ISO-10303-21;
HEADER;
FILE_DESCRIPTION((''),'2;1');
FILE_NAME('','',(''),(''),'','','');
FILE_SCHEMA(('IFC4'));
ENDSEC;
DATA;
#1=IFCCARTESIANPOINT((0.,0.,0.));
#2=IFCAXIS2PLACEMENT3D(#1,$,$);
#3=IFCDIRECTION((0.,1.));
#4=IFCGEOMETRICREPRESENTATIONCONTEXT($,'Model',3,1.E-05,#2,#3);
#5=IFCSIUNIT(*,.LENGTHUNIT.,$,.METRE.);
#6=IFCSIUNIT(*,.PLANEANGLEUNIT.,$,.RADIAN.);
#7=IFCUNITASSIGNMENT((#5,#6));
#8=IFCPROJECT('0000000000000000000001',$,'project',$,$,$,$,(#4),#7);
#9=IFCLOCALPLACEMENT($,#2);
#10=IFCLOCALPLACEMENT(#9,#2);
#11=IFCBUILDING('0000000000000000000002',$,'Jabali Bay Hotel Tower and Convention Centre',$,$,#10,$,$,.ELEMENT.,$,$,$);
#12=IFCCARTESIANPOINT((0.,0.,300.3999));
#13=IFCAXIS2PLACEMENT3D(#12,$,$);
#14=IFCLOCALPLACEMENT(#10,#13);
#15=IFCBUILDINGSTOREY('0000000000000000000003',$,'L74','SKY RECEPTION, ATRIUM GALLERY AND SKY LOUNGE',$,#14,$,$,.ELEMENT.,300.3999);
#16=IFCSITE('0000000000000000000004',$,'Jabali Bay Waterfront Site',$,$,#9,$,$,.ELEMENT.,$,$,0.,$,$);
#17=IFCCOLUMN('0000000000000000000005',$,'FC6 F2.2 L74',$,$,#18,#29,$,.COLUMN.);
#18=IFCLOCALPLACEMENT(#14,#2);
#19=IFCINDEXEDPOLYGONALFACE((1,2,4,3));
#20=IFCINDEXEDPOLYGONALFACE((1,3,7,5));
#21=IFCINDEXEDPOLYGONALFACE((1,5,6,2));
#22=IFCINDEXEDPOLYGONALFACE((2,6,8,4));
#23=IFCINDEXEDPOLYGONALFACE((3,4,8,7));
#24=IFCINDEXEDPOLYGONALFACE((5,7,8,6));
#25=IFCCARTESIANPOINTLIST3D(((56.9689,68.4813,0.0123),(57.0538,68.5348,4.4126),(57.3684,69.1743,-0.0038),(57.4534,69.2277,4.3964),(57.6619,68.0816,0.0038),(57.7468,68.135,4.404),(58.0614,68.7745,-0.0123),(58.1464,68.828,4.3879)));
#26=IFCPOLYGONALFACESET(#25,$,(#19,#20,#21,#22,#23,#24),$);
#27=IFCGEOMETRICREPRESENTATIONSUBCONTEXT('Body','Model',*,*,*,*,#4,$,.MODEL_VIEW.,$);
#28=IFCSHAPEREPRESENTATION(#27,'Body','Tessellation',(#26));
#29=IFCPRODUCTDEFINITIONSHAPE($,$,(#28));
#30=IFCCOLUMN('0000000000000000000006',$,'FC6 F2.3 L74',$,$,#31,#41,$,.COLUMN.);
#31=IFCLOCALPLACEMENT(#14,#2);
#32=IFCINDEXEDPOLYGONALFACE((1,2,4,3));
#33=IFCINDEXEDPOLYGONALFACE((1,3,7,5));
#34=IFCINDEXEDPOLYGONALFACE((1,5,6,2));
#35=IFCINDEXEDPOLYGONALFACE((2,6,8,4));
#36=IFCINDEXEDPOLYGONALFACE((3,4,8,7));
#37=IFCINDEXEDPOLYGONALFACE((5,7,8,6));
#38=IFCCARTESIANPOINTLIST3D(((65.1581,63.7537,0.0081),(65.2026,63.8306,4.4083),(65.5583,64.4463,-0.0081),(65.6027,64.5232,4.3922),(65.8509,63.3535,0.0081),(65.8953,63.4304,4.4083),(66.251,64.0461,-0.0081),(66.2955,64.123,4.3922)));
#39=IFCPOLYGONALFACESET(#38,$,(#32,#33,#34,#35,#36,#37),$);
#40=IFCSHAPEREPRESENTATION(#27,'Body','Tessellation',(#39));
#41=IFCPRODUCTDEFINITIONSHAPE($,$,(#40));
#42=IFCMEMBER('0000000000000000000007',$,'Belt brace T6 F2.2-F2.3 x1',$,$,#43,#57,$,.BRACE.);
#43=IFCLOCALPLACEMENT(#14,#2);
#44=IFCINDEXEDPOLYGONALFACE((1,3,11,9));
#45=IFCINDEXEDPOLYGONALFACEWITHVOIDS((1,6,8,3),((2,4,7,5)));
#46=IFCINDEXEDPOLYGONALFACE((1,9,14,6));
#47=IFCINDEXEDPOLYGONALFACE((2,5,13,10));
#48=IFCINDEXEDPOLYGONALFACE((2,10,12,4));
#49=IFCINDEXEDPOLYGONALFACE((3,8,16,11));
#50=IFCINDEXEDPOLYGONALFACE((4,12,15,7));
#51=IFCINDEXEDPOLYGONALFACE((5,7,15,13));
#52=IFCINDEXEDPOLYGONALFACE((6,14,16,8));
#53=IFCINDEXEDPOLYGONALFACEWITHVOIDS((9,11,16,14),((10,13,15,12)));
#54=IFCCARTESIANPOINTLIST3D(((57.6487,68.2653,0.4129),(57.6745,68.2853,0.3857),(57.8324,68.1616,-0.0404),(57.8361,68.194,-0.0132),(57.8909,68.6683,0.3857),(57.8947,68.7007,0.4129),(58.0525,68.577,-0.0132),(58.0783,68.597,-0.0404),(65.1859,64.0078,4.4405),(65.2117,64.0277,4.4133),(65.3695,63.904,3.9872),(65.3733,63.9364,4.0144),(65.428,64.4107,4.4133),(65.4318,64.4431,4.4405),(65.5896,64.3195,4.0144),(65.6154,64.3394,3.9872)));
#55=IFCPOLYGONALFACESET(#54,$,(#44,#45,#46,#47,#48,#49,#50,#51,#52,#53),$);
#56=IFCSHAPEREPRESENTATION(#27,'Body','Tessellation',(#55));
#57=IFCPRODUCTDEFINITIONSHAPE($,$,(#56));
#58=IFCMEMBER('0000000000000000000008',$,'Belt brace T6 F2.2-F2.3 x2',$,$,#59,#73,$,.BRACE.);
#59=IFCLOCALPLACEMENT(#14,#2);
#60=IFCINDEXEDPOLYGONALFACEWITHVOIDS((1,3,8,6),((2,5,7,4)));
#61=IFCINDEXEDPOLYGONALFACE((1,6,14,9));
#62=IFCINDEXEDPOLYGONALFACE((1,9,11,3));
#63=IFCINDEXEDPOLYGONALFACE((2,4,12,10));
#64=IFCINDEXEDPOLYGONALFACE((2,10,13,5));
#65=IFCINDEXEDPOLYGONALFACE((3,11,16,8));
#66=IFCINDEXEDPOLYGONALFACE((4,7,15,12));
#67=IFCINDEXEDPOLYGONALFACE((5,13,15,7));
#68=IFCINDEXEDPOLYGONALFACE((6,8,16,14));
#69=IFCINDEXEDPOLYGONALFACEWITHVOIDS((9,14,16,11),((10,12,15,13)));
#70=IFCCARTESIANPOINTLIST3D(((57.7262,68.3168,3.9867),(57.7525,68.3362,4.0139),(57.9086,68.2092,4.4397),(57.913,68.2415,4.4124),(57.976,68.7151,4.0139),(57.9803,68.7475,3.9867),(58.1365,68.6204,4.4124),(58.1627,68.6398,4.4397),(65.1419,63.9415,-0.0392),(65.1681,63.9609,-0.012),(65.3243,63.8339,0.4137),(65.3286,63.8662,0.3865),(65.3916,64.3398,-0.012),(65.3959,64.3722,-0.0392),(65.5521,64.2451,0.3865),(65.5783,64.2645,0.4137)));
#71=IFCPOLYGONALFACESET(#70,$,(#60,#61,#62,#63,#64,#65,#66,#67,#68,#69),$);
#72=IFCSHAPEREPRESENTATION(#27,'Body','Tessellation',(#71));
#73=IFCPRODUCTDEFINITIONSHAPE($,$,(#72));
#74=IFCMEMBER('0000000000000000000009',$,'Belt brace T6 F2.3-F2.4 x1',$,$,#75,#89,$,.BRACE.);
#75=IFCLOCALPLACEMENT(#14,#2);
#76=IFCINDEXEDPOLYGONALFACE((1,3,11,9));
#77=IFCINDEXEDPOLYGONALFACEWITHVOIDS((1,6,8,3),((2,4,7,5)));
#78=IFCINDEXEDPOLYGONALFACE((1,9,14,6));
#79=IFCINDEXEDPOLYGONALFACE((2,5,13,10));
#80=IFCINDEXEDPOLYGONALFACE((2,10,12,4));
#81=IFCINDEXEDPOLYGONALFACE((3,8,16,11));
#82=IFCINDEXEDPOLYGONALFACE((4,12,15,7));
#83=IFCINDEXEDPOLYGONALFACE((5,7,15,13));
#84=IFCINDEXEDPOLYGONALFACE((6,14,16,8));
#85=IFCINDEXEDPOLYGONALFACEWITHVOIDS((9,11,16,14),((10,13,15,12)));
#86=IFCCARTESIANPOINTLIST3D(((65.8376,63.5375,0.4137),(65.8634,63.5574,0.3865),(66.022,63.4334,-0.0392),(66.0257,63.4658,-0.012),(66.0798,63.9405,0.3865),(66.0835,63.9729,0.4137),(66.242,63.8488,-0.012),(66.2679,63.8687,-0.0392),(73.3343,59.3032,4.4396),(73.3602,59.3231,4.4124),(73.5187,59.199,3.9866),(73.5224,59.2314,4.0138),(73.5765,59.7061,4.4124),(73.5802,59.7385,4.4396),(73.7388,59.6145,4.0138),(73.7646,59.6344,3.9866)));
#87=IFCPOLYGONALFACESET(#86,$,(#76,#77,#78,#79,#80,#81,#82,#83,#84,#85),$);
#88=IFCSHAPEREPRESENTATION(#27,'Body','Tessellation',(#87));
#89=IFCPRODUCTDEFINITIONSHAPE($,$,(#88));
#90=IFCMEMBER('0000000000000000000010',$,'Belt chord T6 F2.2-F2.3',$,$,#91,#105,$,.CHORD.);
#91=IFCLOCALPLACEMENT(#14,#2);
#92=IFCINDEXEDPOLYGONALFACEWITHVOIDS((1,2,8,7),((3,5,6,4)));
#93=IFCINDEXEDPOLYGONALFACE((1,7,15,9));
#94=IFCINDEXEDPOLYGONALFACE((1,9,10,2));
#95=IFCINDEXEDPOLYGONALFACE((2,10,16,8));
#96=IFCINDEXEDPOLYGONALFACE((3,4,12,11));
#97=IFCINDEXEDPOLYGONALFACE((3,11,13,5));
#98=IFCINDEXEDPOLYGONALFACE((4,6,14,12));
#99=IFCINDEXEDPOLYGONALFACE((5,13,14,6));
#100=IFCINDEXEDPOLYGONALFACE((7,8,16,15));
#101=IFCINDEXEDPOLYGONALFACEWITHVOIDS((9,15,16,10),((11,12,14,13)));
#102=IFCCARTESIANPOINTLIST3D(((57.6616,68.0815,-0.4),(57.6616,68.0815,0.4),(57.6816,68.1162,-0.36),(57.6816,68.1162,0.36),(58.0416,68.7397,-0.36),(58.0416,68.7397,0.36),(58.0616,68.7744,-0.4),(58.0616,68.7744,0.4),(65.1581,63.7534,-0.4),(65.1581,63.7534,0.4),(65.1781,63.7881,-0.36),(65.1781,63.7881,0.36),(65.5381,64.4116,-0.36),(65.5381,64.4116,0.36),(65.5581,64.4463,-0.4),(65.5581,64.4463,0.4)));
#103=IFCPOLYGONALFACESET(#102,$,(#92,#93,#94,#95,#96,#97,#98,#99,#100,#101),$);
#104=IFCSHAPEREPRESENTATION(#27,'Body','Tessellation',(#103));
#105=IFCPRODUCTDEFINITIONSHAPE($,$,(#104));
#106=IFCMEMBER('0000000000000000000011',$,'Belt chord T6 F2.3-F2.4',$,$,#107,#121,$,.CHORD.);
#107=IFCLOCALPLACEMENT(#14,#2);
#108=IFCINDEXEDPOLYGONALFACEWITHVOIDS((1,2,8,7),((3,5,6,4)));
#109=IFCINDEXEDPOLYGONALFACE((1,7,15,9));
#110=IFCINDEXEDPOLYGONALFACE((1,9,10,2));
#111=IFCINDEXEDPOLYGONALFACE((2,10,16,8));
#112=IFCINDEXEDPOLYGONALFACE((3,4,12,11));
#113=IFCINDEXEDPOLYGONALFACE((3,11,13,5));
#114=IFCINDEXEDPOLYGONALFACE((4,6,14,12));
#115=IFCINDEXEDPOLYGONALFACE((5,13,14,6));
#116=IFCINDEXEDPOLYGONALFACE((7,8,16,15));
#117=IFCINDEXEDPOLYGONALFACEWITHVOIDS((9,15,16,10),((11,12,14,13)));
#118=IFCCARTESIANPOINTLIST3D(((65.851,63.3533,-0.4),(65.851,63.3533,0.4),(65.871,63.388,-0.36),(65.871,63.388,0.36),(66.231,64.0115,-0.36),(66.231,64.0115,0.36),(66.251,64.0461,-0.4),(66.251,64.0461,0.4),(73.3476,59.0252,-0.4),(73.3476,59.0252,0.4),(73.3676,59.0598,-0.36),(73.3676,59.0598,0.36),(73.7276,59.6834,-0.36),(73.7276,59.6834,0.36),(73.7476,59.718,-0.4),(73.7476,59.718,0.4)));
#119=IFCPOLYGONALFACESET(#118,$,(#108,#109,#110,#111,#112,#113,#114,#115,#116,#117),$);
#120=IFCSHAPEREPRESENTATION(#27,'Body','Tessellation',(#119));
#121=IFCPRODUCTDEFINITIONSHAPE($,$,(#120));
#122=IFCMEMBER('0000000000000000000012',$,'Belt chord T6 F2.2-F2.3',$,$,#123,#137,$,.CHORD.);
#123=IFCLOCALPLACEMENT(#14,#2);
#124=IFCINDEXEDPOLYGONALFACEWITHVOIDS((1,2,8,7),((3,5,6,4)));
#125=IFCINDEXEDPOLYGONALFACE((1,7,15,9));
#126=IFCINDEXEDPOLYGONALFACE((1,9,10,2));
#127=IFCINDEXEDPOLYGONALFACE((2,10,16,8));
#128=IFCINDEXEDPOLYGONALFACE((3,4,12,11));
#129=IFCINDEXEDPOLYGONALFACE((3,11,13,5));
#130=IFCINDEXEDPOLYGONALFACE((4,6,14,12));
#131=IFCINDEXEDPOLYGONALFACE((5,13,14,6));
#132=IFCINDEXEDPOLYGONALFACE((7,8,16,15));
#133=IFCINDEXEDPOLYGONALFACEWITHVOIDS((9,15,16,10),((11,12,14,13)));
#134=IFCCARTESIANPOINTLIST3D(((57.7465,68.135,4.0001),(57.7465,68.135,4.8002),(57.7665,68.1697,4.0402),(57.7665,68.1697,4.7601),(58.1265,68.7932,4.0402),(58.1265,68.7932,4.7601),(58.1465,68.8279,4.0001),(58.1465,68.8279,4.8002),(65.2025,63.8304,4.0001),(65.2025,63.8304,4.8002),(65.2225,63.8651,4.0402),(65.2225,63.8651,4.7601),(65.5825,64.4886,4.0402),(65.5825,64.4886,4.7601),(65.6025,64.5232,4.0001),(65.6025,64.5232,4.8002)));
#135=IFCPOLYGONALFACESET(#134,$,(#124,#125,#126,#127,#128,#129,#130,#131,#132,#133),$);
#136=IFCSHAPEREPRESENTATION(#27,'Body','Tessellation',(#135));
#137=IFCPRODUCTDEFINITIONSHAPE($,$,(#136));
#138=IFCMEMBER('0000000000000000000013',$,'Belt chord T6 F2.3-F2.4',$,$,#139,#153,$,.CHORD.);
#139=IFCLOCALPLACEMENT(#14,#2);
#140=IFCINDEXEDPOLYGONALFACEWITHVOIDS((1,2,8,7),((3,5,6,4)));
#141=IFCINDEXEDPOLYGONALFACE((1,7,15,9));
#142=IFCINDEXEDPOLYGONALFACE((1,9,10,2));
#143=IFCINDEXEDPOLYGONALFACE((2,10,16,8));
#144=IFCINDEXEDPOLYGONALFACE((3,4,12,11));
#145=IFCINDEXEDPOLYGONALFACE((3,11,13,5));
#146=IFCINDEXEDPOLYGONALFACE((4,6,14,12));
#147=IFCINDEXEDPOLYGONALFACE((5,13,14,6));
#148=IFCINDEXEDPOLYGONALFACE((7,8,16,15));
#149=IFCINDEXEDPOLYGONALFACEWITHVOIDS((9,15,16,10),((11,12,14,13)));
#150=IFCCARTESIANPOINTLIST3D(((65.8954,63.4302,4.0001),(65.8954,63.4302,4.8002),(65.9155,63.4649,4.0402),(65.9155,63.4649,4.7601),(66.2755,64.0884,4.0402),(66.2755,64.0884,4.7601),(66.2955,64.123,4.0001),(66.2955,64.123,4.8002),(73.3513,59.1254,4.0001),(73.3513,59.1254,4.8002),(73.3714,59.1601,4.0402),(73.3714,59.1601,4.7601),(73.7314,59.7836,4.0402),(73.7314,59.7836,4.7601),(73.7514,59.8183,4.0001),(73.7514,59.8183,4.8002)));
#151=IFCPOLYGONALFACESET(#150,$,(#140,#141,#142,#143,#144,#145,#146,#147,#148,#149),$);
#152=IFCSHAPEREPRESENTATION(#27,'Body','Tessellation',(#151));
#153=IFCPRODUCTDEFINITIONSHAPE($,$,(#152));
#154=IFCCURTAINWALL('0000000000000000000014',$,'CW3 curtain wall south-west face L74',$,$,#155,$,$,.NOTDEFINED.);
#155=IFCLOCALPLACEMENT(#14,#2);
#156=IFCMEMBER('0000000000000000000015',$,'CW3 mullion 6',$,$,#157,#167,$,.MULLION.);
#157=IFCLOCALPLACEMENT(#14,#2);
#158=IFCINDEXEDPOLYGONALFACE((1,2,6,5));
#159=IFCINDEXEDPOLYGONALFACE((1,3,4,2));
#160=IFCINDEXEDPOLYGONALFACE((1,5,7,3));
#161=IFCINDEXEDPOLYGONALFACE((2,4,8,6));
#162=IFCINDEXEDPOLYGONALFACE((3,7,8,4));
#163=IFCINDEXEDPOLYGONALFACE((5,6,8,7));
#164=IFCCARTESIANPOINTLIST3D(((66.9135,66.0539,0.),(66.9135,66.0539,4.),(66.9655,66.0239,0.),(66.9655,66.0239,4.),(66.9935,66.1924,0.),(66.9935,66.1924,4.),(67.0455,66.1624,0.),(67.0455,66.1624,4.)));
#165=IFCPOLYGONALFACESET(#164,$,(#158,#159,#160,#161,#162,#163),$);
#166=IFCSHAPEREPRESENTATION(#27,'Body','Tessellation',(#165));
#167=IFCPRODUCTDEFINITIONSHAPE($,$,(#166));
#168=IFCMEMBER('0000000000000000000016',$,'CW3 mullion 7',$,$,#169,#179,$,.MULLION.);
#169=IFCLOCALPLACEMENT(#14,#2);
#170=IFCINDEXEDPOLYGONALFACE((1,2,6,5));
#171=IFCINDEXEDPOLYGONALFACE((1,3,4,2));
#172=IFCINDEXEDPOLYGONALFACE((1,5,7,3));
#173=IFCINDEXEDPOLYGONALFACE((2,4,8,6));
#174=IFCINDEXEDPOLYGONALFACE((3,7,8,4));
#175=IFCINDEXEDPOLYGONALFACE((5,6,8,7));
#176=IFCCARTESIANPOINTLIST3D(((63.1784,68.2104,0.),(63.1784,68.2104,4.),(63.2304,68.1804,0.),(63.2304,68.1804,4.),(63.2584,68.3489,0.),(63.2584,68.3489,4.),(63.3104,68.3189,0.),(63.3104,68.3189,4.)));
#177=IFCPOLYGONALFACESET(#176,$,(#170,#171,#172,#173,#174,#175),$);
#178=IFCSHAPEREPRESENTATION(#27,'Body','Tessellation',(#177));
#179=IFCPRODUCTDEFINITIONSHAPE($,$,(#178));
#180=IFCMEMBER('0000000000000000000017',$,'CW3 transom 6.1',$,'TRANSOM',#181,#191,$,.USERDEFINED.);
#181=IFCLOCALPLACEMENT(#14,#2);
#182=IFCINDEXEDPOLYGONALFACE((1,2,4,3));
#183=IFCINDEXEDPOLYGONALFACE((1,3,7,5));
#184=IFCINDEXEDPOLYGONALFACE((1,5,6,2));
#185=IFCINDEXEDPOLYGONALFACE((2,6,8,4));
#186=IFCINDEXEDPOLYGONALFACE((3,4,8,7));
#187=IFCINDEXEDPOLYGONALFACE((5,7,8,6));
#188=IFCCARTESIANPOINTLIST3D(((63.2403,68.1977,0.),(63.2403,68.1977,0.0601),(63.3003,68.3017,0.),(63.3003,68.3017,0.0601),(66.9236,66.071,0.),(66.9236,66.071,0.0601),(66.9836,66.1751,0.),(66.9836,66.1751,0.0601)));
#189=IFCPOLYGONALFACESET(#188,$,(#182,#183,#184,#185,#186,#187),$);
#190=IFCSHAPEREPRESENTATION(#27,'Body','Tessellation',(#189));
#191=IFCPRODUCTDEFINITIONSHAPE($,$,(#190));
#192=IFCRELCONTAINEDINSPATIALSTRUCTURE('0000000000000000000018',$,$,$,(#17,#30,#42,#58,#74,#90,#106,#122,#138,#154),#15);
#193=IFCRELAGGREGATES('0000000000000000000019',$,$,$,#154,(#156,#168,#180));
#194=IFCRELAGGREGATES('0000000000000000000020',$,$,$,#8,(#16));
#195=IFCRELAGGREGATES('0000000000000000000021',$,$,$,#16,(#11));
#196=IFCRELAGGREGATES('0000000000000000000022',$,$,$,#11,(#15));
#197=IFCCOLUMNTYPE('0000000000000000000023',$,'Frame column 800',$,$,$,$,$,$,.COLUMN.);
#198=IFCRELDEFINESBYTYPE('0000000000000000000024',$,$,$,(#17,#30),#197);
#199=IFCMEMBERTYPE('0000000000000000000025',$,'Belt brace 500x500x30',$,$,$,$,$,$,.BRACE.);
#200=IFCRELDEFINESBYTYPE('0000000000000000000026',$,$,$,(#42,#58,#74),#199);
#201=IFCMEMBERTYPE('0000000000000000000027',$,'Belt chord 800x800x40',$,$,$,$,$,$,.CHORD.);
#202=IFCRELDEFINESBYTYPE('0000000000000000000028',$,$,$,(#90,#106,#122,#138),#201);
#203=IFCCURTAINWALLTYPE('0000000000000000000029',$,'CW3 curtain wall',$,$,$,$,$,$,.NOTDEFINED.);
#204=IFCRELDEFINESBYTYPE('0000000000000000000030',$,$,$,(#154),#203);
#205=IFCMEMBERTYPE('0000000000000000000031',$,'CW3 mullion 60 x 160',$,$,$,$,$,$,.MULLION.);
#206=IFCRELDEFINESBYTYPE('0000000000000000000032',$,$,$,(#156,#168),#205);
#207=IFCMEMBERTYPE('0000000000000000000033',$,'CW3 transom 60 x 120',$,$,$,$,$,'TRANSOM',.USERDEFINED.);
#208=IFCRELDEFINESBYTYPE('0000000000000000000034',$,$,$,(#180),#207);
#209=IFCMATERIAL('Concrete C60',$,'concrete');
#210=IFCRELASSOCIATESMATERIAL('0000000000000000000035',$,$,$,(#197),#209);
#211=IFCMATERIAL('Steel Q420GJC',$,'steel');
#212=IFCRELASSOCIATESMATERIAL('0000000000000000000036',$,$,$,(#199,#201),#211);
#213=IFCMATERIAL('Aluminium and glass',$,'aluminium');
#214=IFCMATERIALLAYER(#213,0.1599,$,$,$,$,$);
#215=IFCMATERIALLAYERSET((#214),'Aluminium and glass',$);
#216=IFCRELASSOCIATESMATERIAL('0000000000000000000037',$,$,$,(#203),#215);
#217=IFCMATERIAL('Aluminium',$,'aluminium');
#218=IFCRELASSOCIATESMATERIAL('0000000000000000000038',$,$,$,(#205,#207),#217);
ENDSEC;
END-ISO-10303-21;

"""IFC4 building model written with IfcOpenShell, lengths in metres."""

from ifc_helpers import new_model, si_unit, direction, frame, origin, origin_2d, place, context, subcontext, project, spatial, rectangle, hollow_rectangle, extrude, material, layer, layer_set, material_profile, profile_set, type_object, element, aggregate, save


model = new_model("IFC4")

# Units and contexts
model_context = context("Model", 3, precision=1e-05, world=origin(), true_north=direction((0.0, 1.0)))
body_context = subcontext(model_context, "Body", "Model", "MODEL_VIEW")
ifc_project = project(units=[si_unit("LENGTHUNIT", "METRE"), si_unit("PLANEANGLEUNIT", "RADIAN")], contexts=[model_context])

# Site, building, storey
site_placement = place(None, origin())
site = spatial("IfcSite", under=ifc_project, at=site_placement, Name="Jabali Bay Waterfront Site", CompositionType="ELEMENT", RefElevation=0.0)
building_placement = place(site_placement, origin())
building = spatial("IfcBuilding", under=site, at=building_placement, Name="Jabali Bay Hotel Tower and Convention Centre", CompositionType="ELEMENT")
storey_placement = place(building_placement, frame((0.0, 0.0, 300.3999)))
storey = spatial("IfcBuildingStorey", under=building, at=storey_placement, Name="L74", Description="SKY RECEPTION, ATRIUM GALLERY AND SKY LOUNGE", CompositionType="ELEMENT", Elevation=300.3999)

# Columns
ifc_material_1 = material(Name="Concrete C60", Category="concrete")
ifc_material_profile_1 = material_profile(ifc_material_1, rectangle(XDim=0.8, YDim=0.8, at=origin_2d()), Name="Frame column 800")
ifc_profile_set_1 = profile_set([ifc_material_profile_1], Name="Concrete C60")
column_type = type_object("IfcColumnType", Name="Frame column 800", PredefinedType="COLUMN", material=ifc_profile_set_1)
column_1_placement = place(storey_placement, frame((57.5151, 68.6279, 0.0), z_axis=(0.019304, 0.012148, 0.99974), x_axis=(-0.866166, 0.499643, 0.010653)))
element("IfcColumn", 1, at=column_1_placement, inside=storey, type_object=column_type, Name="FC6 F2.2 L74", PredefinedType="COLUMN", context=body_context, shape_type="SweptSolid", body=[
    extrude(rectangle(XDim=0.8, YDim=0.8, at=origin_2d()), origin(), (0.0, 0.0, 1.0), 4.4014),
])
column_2_placement = place(storey_placement, frame((65.7046, 63.8999, 0.0), z_axis=(0.010096, 0.017474, 0.999796), x_axis=(-0.865867, 0.500274, 0.0)))
element("IfcColumn", 2, at=column_2_placement, inside=storey, type_object=column_type, Name="FC6 F2.3 L74", PredefinedType="COLUMN", context=body_context, shape_type="SweptSolid", body=[
    extrude(rectangle(XDim=0.8, YDim=0.8, at=origin_2d()), origin(), (0.0, 0.0, 1.0), 4.4011),
])

# Members
ifc_material_2 = material(Name="Steel Q420GJC", Category="steel")
ifc_material_profile_2 = material_profile(ifc_material_2, hollow_rectangle(XDim=0.5, YDim=0.5, WallThickness=0.03, at=origin_2d()), Name="Belt brace 500x500x30")
ifc_profile_set_2 = profile_set([ifc_material_profile_2], Name="Steel Q420GJC")
member_type_1 = type_object("IfcMemberType", Name="Belt brace 500x500x30", PredefinedType="BRACE", material=ifc_profile_set_2)
member_1_placement = place(storey_placement, frame((57.8635, 68.4312, 0.1863), z_axis=(0.789426, -0.445931, 0.421844), x_axis=(0.491835, 0.870688, 0.0)))
element("IfcMember", 3, at=member_1_placement, inside=storey, type_object=member_type_1, Name="Belt brace T6 F2.2-F2.3 x1", PredefinedType="BRACE", context=body_context, shape_type="SweptSolid", body=[
    extrude(hollow_rectangle(XDim=0.5, YDim=0.5, WallThickness=0.03, at=origin_2d()), origin(), (0.0, 0.0, 1.0), 9.5476),
])
member_2_placement = place(storey_placement, frame((65.3601, 64.103, 0.1873), z_axis=(-0.780191, 0.460321, 0.423564), x_axis=(-0.508156, -0.861265, 0.0)))
element("IfcMember", 4, at=member_2_placement, inside=storey, type_object=member_type_1, Name="Belt brace T6 F2.2-F2.3 x2", PredefinedType="BRACE", context=body_context, shape_type="SweptSolid", body=[
    extrude(hollow_rectangle(XDim=0.5, YDim=0.5, WallThickness=0.03, at=origin_2d()), origin(), (0.0, 0.0, 1.0), 9.5049),
])
member_3_placement = place(storey_placement, frame((66.0527, 63.7031, 0.1873), z_axis=(0.788746, -0.445502, 0.423566), x_axis=(0.491797, 0.87071, 0.0)))
element("IfcMember", 5, at=member_3_placement, inside=storey, type_object=member_type_1, Name="Belt brace T6 F2.3-F2.4 x1", PredefinedType="BRACE", context=body_context, shape_type="SweptSolid", body=[
    extrude(hollow_rectangle(XDim=0.5, YDim=0.5, WallThickness=0.03, at=origin_2d()), origin(), (0.0, 0.0, 1.0), 9.5046),
])
ifc_material_profile_3 = material_profile(ifc_material_2, hollow_rectangle(XDim=0.8, YDim=0.8, WallThickness=0.04, at=origin_2d()), Name="Belt chord 800x800x40")
ifc_profile_set_3 = profile_set([ifc_material_profile_3], Name="Steel Q420GJC")
member_type_2 = type_object("IfcMemberType", Name="Belt chord 800x800x40", PredefinedType="CHORD", material=ifc_profile_set_3)
for number, where, z_axis, x_axis, name in (
    (6, (57.8616, 68.428, 0.0), (0.866027, -0.499998, 0.0), (0.499998, 0.866027, 0.0), "Belt chord T6 F2.2-F2.3"),
    (7, (66.051, 63.6997, 0.0), (0.866027, -0.499998, 0.0), (0.499998, 0.866027, 0.0), "Belt chord T6 F2.3-F2.4"),
):
    element("IfcMember", number, at=place(storey_placement, frame(where, z_axis=z_axis, x_axis=x_axis)), inside=storey, type_object=member_type_2, Name=name, PredefinedType="CHORD", context=body_context, shape_type="SweptSolid", body=[
        extrude(hollow_rectangle(XDim=0.8, YDim=0.8, WallThickness=0.04, at=origin_2d()), origin(), (0.0, 0.0, 1.0), 8.6562),
    ])
for number, where, z_axis, x_axis, name in (
    (8, (57.9465, 68.4814, 4.4001), (0.866029, -0.499994, 0.0), (0.499994, 0.866029, 0.0), "Belt chord T6 F2.2-F2.3"),
    (9, (66.0955, 63.7766, 4.4001), (0.866022, -0.500006, 0.0), (0.500006, 0.866022, 0.0), "Belt chord T6 F2.3-F2.4"),
):
    element("IfcMember", number, at=place(storey_placement, frame(where, z_axis=z_axis, x_axis=x_axis)), inside=storey, type_object=member_type_2, Name=name, PredefinedType="CHORD", context=body_context, shape_type="SweptSolid", body=[
        extrude(hollow_rectangle(XDim=0.8, YDim=0.8, WallThickness=0.04, at=origin_2d()), origin(), (0.0, 0.0, 1.0), 8.6094),
    ])

# Curtain wall, members
ifc_material_3 = material(Name="Aluminium and glass", Category="aluminium")
ifc_layer_1 = layer(ifc_material_3, 0.1599)
ifc_layer_set_1 = layer_set([ifc_layer_1], Name="Aluminium and glass")
curtain_wall_type = type_object("IfcCurtainWallType", Name="CW3 curtain wall", PredefinedType="NOTDEFINED", material=ifc_layer_set_1)
curtain_wall_placement = place(storey_placement, origin())
curtain_wall = element("IfcCurtainWall", 10, at=curtain_wall_placement, inside=storey, type_object=curtain_wall_type, Name="CW3 curtain wall south-west face L74", PredefinedType="NOTDEFINED")
ifc_material_4 = material(Name="Aluminium", Category="aluminium")
ifc_material_profile_4 = material_profile(ifc_material_4, rectangle(XDim=0.1599, YDim=0.0601, at=origin_2d()), Name="CW3 mullion 60 x 160")
ifc_profile_set_4 = profile_set([ifc_material_profile_4], Name="Aluminium")
member_type_3 = type_object("IfcMemberType", Name="CW3 mullion 60 x 160", PredefinedType="MULLION", material=ifc_profile_set_4)
member_4_placement = place(storey_placement, frame((66.9795, 66.1082, 0.0), z_axis=(0.0, 0.0, 1.0), x_axis=(-0.5, -0.866025, 0.0)))
member_4 = element("IfcMember", 11, at=member_4_placement, type_object=member_type_3, Name="CW3 mullion 6", PredefinedType="MULLION", context=body_context, shape_type="SweptSolid", body=[
    extrude(rectangle(XDim=0.1599, YDim=0.0601, at=origin_2d()), origin(), (0.0, 0.0, 1.0), 4.0),
])
member_5_placement = place(storey_placement, frame((63.2444, 68.2646, 0.0), z_axis=(0.0, 0.0, 1.0), x_axis=(-0.5, -0.866025, 0.0)))
member_5 = element("IfcMember", 12, at=member_5_placement, type_object=member_type_3, Name="CW3 mullion 7", PredefinedType="MULLION", context=body_context, shape_type="SweptSolid", body=[
    extrude(rectangle(XDim=0.1599, YDim=0.0601, at=origin_2d()), origin(), (0.0, 0.0, 1.0), 4.0),
])
ifc_material_profile_5 = material_profile(ifc_material_4, rectangle(XDim=0.1201, YDim=0.0601, at=origin_2d()), Name="CW3 transom 60 x 120")
ifc_profile_set_5 = profile_set([ifc_material_profile_5], Name="Aluminium")
member_type_4 = type_object("IfcMemberType", Name="CW3 transom 60 x 120", ElementType="TRANSOM", PredefinedType="USERDEFINED", material=ifc_profile_set_5)
member_6_placement = place(storey_placement, frame((66.9536, 66.123, 0.03), z_axis=(-0.866013, 0.500022, 0.0), x_axis=(-0.500022, -0.866013, 0.0)))
member_6 = element("IfcMember", 13, at=member_6_placement, type_object=member_type_4, Name="CW3 transom 6.1", ObjectType="TRANSOM", PredefinedType="USERDEFINED", context=body_context, shape_type="SweptSolid", body=[
    extrude(rectangle(XDim=0.1201, YDim=0.0601, at=origin_2d()), origin(), (0.0, 0.0, 1.0), 4.2532),
])
aggregate(curtain_wall, [member_4, member_5, member_6])

save(model, "model.ifc")
